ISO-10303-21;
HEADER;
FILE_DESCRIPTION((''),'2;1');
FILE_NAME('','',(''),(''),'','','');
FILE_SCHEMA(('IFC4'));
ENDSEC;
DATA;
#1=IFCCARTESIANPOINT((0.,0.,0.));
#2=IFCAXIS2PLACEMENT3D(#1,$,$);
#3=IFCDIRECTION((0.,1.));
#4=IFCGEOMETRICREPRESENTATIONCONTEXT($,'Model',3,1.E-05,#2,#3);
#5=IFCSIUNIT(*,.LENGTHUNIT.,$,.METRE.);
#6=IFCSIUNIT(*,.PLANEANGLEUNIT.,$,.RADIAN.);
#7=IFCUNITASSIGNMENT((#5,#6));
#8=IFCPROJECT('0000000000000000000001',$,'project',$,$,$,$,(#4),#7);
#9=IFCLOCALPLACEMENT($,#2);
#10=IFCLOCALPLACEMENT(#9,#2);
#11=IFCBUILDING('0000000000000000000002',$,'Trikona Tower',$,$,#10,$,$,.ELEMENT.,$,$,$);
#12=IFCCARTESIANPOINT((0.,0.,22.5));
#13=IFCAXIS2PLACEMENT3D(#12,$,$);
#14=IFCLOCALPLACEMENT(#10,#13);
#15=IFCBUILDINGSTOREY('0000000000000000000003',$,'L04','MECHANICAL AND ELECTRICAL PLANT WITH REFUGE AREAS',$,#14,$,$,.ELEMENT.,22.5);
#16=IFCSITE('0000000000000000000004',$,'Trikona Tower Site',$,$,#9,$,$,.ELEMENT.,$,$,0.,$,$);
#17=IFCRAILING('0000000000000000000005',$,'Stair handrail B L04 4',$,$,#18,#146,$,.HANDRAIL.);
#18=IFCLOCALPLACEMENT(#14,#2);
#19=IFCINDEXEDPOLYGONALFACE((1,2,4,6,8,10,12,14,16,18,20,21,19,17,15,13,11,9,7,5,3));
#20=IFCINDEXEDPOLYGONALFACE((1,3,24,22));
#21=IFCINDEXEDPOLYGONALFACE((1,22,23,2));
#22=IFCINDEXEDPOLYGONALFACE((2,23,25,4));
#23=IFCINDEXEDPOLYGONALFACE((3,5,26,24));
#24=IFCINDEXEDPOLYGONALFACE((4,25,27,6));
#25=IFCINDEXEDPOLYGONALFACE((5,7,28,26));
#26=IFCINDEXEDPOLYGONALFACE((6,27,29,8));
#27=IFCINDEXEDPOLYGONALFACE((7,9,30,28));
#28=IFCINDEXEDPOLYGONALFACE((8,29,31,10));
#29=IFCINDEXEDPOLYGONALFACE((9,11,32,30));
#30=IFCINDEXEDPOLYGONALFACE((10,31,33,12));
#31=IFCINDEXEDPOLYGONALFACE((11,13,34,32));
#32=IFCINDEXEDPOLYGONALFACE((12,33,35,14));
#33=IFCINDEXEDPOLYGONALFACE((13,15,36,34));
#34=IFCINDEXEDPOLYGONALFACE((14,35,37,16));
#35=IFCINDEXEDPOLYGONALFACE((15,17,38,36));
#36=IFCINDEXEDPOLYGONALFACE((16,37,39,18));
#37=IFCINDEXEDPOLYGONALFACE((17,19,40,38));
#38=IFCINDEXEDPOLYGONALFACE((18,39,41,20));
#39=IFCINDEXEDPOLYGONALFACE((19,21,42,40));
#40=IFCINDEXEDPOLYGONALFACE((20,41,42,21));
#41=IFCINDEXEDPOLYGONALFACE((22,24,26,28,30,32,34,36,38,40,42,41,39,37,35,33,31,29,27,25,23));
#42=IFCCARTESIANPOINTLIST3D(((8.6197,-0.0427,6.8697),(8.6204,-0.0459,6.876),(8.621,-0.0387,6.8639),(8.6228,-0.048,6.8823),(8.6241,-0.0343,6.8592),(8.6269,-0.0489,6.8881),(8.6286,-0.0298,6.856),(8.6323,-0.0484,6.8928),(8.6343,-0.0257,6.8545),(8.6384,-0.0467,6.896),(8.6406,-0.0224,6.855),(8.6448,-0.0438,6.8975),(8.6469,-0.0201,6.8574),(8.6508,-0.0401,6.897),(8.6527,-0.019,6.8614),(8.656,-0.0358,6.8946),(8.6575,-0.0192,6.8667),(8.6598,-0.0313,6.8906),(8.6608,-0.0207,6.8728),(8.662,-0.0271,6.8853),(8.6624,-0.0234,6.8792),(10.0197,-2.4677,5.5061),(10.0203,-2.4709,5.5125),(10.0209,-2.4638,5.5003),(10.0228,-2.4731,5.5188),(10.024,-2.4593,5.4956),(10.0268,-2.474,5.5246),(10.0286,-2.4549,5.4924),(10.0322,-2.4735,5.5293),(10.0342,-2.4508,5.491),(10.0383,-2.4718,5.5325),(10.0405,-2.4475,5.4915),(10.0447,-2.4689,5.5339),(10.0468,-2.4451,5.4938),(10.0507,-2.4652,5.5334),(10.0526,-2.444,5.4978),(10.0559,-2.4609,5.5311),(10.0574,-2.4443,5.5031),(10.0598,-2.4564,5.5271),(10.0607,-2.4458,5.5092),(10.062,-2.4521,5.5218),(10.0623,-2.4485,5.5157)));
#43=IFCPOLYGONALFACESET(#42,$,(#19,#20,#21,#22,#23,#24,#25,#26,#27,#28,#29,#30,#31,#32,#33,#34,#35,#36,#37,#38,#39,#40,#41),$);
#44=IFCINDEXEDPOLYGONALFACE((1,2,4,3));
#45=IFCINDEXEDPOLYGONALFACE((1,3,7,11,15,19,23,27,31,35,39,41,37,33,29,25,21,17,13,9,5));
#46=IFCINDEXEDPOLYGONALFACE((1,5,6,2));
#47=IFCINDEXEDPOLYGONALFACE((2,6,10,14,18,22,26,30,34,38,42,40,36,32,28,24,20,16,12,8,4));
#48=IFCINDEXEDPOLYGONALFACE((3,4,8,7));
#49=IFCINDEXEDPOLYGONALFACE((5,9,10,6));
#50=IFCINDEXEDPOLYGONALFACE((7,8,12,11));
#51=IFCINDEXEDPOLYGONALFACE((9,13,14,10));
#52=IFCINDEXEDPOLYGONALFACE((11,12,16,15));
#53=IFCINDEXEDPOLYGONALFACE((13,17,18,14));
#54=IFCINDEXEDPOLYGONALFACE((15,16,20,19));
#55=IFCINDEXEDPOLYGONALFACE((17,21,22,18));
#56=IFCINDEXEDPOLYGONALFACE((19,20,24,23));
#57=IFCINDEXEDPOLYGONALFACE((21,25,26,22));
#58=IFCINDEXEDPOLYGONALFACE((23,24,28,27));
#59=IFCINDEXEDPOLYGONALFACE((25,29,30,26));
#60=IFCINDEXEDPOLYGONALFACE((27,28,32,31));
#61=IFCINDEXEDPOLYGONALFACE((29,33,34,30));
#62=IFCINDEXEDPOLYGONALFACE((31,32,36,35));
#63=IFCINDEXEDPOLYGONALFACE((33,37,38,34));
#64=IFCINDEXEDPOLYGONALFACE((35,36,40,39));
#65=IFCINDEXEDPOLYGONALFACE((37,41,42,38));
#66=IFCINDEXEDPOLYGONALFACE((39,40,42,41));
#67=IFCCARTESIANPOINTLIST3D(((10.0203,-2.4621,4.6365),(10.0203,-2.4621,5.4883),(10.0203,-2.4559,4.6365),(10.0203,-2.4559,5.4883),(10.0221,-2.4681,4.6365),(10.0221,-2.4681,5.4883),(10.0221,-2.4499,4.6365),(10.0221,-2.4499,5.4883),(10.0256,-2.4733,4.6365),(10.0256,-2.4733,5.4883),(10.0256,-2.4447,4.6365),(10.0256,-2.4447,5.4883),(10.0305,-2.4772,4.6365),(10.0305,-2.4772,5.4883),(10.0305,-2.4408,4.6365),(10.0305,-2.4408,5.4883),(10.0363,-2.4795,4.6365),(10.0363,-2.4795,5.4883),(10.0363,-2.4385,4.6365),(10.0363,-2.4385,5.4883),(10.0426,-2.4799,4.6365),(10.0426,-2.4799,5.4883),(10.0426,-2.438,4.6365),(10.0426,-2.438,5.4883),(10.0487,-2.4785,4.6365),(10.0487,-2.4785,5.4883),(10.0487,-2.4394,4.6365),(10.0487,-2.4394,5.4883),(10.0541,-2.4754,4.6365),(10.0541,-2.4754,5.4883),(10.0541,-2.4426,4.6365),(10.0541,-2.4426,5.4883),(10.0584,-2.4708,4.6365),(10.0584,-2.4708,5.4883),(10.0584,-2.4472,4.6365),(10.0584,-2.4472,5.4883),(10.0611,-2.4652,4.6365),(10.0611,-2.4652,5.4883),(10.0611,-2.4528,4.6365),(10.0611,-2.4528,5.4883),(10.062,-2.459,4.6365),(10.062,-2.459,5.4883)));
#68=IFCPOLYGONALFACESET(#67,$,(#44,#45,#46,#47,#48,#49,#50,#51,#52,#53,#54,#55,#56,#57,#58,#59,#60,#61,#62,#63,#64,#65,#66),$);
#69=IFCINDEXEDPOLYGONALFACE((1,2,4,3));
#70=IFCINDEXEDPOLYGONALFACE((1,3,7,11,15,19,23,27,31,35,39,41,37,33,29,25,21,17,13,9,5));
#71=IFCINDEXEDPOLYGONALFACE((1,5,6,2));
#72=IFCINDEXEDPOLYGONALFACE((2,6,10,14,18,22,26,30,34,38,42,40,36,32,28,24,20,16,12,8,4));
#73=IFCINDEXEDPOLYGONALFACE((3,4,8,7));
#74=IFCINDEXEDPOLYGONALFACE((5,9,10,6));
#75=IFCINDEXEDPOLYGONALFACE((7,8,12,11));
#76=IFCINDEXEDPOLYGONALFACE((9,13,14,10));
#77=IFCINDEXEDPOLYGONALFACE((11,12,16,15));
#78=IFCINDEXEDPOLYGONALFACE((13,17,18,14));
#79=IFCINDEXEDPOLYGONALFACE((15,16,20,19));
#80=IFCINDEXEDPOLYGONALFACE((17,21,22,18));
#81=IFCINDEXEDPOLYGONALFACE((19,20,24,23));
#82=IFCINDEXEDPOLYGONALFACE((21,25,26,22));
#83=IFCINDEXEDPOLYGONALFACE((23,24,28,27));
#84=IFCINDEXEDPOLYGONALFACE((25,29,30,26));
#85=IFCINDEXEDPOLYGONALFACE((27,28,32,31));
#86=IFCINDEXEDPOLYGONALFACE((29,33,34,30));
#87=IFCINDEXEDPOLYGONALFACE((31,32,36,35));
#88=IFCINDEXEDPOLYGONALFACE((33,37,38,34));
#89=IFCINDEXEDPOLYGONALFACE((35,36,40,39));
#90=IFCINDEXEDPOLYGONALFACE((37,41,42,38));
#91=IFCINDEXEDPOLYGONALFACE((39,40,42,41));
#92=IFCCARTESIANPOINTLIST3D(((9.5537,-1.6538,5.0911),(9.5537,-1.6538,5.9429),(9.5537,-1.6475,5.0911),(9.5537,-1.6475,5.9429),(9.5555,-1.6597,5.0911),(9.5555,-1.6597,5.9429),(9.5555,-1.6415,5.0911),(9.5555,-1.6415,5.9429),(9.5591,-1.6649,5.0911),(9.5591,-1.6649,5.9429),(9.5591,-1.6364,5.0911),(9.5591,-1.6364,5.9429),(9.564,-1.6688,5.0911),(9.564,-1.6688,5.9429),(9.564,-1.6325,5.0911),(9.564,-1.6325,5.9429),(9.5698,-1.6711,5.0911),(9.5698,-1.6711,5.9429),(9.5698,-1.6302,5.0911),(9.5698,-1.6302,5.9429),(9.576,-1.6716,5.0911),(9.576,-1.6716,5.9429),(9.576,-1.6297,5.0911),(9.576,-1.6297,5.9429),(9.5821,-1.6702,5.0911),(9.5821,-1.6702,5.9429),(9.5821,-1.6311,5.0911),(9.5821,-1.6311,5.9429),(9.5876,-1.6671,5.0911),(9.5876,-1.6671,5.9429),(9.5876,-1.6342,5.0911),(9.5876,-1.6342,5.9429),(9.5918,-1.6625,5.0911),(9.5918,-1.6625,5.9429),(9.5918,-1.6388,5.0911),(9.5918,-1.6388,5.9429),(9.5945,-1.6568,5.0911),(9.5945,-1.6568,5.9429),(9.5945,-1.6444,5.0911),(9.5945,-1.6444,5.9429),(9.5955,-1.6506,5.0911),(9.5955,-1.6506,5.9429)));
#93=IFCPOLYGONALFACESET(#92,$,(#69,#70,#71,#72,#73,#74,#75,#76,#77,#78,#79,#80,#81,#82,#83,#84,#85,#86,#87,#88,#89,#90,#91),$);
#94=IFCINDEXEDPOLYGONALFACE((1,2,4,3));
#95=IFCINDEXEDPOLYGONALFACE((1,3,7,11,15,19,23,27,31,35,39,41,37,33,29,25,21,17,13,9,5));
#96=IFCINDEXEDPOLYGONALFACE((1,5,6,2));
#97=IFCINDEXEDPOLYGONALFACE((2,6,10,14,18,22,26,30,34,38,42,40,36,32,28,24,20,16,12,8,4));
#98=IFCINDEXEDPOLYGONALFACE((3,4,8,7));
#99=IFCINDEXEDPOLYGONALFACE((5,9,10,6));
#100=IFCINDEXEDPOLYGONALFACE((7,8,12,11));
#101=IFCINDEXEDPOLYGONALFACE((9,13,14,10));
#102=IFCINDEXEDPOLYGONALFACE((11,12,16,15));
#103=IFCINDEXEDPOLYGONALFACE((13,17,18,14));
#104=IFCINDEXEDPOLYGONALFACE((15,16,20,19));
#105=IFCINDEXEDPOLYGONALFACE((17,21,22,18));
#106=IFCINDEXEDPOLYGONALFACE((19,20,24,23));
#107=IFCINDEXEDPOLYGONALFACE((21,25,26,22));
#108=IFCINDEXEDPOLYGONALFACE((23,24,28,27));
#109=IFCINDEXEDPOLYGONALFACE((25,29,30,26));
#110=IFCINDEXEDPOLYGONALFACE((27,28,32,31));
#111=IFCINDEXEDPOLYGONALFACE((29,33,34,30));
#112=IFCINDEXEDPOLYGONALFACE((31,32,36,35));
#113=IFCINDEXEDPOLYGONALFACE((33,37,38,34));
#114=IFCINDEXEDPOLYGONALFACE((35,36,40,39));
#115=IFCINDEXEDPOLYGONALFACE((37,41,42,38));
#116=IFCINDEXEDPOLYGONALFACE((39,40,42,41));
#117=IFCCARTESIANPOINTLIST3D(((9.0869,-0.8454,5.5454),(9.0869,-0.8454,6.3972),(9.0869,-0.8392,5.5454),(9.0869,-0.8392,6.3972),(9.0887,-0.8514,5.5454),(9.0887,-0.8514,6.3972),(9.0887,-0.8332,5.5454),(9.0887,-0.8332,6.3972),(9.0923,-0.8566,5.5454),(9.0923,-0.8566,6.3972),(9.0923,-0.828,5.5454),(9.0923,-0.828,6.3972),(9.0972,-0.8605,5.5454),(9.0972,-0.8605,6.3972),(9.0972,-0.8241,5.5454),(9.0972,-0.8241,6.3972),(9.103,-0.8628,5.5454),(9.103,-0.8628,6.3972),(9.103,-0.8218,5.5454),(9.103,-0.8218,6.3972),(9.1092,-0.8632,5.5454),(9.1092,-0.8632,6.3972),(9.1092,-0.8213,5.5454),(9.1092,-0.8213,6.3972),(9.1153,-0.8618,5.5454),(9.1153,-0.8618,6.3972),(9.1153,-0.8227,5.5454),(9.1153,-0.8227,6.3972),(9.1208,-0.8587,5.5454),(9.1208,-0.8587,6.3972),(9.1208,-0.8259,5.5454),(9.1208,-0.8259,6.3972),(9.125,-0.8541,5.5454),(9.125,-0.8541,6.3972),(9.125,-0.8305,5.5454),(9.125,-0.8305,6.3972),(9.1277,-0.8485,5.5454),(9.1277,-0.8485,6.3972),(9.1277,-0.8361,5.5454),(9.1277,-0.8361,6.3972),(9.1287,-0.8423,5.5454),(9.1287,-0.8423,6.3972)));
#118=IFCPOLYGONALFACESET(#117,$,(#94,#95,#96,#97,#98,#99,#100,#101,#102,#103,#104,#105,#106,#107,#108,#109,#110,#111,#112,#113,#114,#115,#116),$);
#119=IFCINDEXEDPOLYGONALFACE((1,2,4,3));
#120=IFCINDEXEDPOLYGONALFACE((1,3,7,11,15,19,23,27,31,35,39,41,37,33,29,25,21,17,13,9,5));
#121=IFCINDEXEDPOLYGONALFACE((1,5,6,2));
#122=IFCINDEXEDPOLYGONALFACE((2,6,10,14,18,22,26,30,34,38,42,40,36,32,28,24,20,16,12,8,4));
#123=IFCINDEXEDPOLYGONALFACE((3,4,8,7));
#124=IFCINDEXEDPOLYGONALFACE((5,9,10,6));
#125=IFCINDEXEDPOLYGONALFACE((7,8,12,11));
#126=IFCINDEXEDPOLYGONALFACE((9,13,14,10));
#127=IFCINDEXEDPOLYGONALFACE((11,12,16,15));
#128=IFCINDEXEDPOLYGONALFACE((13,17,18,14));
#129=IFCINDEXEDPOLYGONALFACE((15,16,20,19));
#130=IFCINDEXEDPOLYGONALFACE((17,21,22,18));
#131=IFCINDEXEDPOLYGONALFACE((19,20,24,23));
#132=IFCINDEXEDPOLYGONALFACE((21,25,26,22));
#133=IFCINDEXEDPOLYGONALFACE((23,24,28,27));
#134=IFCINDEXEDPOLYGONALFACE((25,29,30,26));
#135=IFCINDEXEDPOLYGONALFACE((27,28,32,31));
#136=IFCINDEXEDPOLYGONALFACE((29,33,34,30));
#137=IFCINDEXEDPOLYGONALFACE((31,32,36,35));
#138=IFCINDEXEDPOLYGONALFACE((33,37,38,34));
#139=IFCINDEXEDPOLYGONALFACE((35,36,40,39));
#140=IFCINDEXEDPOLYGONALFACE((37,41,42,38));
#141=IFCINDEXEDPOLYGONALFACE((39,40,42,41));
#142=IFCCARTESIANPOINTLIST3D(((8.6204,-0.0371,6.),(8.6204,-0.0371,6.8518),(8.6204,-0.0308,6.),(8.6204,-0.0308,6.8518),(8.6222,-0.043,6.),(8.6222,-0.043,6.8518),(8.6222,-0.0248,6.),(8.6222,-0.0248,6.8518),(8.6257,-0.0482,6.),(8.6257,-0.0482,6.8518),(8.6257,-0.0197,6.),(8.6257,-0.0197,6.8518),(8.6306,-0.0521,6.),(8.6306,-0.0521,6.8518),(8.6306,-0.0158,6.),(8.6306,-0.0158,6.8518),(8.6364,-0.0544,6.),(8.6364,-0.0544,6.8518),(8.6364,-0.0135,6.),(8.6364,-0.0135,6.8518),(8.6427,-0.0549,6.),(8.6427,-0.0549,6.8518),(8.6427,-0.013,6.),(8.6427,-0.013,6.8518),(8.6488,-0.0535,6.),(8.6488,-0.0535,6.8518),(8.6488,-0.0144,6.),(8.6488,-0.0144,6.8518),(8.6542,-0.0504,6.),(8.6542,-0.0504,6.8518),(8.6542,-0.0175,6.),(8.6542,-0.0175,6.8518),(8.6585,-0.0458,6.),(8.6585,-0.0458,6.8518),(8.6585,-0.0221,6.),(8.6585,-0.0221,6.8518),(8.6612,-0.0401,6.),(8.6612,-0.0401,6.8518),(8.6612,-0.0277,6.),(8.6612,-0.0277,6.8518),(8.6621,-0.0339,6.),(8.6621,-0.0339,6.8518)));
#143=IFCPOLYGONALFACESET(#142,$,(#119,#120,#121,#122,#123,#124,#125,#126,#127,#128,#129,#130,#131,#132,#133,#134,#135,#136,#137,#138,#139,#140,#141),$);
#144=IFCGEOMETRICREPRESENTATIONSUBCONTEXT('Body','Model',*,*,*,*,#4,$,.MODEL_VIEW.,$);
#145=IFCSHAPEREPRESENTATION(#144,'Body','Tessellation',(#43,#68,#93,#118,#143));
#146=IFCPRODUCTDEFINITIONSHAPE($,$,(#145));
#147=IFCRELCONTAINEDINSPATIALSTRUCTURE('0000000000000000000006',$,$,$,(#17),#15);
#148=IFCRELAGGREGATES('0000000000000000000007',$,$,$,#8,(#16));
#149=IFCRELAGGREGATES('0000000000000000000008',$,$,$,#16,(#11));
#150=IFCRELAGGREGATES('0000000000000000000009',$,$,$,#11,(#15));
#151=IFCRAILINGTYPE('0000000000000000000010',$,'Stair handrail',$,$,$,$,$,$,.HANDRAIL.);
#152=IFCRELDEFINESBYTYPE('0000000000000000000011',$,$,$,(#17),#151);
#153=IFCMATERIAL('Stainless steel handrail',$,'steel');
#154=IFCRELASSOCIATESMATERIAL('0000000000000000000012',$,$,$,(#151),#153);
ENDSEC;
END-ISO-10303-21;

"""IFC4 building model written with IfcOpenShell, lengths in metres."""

from ifc_helpers import new_model, si_unit, direction, frame, origin, origin_2d, place, context, subcontext, project, spatial, circle, extrude, material, type_object, element, save


model = new_model("IFC4")

# Units and contexts
model_context = context("Model", 3, precision=1e-05, world=origin(), true_north=direction((0.0, 1.0)))
body_context = subcontext(model_context, "Body", "Model", "MODEL_VIEW")
ifc_project = project(units=[si_unit("LENGTHUNIT", "METRE"), si_unit("PLANEANGLEUNIT", "RADIAN")], contexts=[model_context])

# Site, building, storey
site_placement = place(None, origin())
site = spatial("IfcSite", under=ifc_project, at=site_placement, Name="Trikona Tower Site", CompositionType="ELEMENT", RefElevation=0.0)
building_placement = place(site_placement, origin())
building = spatial("IfcBuilding", under=site, at=building_placement, Name="Trikona Tower", CompositionType="ELEMENT")
storey_placement = place(building_placement, frame((0.0, 0.0, 22.5)))
storey = spatial("IfcBuildingStorey", under=building, at=storey_placement, Name="L04", Description="MECHANICAL AND ELECTRICAL PLANT WITH REFUGE AREAS", CompositionType="ELEMENT", Elevation=22.5)

# Railing
ifc_material_1 = material(Name="Stainless steel handrail", Category="steel")
railing_type = type_object("IfcRailingType", Name="Stair handrail", PredefinedType="HANDRAIL", material=ifc_material_1)
for number, where, name in (
    (1, (10.041, -2.459, 4.6365), "Stair handrail B L04 4"),
):
    element("IfcRailing", number, at=place(storey_placement, frame(where)), inside=storey, type_object=railing_type, Name=name, PredefinedType="HANDRAIL", context=body_context, shape_type="SweptSolid", body=[
        extrude(circle(Radius=0.0239, at=origin_2d()), frame((0.0, 0.0, 0.876), z_axis=(-0.449486, 0.778645, 0.437806), x_axis=(-0.866056, -0.499946, 0.0)), (0.0, 0.0, 1.0), 3.1145),
        extrude(circle(Radius=0.021, at=origin_2d()), origin(), (0.0, 0.0, 1.0), 0.8518),
        extrude(circle(Radius=0.021, at=origin_2d()), frame((-0.4666, 0.8083, 0.4546)), (0.0, 0.0, 1.0), 0.8518),
        extrude(circle(Radius=0.021, at=origin_2d()), frame((-0.9333, 1.6167, 0.9089)), (0.0, 0.0, 1.0), 0.8518),
        extrude(circle(Radius=0.021, at=origin_2d()), frame((-1.3999, 2.425, 1.3635)), (0.0, 0.0, 1.0), 0.8518),
    ])

save(model, "model.ifc")
